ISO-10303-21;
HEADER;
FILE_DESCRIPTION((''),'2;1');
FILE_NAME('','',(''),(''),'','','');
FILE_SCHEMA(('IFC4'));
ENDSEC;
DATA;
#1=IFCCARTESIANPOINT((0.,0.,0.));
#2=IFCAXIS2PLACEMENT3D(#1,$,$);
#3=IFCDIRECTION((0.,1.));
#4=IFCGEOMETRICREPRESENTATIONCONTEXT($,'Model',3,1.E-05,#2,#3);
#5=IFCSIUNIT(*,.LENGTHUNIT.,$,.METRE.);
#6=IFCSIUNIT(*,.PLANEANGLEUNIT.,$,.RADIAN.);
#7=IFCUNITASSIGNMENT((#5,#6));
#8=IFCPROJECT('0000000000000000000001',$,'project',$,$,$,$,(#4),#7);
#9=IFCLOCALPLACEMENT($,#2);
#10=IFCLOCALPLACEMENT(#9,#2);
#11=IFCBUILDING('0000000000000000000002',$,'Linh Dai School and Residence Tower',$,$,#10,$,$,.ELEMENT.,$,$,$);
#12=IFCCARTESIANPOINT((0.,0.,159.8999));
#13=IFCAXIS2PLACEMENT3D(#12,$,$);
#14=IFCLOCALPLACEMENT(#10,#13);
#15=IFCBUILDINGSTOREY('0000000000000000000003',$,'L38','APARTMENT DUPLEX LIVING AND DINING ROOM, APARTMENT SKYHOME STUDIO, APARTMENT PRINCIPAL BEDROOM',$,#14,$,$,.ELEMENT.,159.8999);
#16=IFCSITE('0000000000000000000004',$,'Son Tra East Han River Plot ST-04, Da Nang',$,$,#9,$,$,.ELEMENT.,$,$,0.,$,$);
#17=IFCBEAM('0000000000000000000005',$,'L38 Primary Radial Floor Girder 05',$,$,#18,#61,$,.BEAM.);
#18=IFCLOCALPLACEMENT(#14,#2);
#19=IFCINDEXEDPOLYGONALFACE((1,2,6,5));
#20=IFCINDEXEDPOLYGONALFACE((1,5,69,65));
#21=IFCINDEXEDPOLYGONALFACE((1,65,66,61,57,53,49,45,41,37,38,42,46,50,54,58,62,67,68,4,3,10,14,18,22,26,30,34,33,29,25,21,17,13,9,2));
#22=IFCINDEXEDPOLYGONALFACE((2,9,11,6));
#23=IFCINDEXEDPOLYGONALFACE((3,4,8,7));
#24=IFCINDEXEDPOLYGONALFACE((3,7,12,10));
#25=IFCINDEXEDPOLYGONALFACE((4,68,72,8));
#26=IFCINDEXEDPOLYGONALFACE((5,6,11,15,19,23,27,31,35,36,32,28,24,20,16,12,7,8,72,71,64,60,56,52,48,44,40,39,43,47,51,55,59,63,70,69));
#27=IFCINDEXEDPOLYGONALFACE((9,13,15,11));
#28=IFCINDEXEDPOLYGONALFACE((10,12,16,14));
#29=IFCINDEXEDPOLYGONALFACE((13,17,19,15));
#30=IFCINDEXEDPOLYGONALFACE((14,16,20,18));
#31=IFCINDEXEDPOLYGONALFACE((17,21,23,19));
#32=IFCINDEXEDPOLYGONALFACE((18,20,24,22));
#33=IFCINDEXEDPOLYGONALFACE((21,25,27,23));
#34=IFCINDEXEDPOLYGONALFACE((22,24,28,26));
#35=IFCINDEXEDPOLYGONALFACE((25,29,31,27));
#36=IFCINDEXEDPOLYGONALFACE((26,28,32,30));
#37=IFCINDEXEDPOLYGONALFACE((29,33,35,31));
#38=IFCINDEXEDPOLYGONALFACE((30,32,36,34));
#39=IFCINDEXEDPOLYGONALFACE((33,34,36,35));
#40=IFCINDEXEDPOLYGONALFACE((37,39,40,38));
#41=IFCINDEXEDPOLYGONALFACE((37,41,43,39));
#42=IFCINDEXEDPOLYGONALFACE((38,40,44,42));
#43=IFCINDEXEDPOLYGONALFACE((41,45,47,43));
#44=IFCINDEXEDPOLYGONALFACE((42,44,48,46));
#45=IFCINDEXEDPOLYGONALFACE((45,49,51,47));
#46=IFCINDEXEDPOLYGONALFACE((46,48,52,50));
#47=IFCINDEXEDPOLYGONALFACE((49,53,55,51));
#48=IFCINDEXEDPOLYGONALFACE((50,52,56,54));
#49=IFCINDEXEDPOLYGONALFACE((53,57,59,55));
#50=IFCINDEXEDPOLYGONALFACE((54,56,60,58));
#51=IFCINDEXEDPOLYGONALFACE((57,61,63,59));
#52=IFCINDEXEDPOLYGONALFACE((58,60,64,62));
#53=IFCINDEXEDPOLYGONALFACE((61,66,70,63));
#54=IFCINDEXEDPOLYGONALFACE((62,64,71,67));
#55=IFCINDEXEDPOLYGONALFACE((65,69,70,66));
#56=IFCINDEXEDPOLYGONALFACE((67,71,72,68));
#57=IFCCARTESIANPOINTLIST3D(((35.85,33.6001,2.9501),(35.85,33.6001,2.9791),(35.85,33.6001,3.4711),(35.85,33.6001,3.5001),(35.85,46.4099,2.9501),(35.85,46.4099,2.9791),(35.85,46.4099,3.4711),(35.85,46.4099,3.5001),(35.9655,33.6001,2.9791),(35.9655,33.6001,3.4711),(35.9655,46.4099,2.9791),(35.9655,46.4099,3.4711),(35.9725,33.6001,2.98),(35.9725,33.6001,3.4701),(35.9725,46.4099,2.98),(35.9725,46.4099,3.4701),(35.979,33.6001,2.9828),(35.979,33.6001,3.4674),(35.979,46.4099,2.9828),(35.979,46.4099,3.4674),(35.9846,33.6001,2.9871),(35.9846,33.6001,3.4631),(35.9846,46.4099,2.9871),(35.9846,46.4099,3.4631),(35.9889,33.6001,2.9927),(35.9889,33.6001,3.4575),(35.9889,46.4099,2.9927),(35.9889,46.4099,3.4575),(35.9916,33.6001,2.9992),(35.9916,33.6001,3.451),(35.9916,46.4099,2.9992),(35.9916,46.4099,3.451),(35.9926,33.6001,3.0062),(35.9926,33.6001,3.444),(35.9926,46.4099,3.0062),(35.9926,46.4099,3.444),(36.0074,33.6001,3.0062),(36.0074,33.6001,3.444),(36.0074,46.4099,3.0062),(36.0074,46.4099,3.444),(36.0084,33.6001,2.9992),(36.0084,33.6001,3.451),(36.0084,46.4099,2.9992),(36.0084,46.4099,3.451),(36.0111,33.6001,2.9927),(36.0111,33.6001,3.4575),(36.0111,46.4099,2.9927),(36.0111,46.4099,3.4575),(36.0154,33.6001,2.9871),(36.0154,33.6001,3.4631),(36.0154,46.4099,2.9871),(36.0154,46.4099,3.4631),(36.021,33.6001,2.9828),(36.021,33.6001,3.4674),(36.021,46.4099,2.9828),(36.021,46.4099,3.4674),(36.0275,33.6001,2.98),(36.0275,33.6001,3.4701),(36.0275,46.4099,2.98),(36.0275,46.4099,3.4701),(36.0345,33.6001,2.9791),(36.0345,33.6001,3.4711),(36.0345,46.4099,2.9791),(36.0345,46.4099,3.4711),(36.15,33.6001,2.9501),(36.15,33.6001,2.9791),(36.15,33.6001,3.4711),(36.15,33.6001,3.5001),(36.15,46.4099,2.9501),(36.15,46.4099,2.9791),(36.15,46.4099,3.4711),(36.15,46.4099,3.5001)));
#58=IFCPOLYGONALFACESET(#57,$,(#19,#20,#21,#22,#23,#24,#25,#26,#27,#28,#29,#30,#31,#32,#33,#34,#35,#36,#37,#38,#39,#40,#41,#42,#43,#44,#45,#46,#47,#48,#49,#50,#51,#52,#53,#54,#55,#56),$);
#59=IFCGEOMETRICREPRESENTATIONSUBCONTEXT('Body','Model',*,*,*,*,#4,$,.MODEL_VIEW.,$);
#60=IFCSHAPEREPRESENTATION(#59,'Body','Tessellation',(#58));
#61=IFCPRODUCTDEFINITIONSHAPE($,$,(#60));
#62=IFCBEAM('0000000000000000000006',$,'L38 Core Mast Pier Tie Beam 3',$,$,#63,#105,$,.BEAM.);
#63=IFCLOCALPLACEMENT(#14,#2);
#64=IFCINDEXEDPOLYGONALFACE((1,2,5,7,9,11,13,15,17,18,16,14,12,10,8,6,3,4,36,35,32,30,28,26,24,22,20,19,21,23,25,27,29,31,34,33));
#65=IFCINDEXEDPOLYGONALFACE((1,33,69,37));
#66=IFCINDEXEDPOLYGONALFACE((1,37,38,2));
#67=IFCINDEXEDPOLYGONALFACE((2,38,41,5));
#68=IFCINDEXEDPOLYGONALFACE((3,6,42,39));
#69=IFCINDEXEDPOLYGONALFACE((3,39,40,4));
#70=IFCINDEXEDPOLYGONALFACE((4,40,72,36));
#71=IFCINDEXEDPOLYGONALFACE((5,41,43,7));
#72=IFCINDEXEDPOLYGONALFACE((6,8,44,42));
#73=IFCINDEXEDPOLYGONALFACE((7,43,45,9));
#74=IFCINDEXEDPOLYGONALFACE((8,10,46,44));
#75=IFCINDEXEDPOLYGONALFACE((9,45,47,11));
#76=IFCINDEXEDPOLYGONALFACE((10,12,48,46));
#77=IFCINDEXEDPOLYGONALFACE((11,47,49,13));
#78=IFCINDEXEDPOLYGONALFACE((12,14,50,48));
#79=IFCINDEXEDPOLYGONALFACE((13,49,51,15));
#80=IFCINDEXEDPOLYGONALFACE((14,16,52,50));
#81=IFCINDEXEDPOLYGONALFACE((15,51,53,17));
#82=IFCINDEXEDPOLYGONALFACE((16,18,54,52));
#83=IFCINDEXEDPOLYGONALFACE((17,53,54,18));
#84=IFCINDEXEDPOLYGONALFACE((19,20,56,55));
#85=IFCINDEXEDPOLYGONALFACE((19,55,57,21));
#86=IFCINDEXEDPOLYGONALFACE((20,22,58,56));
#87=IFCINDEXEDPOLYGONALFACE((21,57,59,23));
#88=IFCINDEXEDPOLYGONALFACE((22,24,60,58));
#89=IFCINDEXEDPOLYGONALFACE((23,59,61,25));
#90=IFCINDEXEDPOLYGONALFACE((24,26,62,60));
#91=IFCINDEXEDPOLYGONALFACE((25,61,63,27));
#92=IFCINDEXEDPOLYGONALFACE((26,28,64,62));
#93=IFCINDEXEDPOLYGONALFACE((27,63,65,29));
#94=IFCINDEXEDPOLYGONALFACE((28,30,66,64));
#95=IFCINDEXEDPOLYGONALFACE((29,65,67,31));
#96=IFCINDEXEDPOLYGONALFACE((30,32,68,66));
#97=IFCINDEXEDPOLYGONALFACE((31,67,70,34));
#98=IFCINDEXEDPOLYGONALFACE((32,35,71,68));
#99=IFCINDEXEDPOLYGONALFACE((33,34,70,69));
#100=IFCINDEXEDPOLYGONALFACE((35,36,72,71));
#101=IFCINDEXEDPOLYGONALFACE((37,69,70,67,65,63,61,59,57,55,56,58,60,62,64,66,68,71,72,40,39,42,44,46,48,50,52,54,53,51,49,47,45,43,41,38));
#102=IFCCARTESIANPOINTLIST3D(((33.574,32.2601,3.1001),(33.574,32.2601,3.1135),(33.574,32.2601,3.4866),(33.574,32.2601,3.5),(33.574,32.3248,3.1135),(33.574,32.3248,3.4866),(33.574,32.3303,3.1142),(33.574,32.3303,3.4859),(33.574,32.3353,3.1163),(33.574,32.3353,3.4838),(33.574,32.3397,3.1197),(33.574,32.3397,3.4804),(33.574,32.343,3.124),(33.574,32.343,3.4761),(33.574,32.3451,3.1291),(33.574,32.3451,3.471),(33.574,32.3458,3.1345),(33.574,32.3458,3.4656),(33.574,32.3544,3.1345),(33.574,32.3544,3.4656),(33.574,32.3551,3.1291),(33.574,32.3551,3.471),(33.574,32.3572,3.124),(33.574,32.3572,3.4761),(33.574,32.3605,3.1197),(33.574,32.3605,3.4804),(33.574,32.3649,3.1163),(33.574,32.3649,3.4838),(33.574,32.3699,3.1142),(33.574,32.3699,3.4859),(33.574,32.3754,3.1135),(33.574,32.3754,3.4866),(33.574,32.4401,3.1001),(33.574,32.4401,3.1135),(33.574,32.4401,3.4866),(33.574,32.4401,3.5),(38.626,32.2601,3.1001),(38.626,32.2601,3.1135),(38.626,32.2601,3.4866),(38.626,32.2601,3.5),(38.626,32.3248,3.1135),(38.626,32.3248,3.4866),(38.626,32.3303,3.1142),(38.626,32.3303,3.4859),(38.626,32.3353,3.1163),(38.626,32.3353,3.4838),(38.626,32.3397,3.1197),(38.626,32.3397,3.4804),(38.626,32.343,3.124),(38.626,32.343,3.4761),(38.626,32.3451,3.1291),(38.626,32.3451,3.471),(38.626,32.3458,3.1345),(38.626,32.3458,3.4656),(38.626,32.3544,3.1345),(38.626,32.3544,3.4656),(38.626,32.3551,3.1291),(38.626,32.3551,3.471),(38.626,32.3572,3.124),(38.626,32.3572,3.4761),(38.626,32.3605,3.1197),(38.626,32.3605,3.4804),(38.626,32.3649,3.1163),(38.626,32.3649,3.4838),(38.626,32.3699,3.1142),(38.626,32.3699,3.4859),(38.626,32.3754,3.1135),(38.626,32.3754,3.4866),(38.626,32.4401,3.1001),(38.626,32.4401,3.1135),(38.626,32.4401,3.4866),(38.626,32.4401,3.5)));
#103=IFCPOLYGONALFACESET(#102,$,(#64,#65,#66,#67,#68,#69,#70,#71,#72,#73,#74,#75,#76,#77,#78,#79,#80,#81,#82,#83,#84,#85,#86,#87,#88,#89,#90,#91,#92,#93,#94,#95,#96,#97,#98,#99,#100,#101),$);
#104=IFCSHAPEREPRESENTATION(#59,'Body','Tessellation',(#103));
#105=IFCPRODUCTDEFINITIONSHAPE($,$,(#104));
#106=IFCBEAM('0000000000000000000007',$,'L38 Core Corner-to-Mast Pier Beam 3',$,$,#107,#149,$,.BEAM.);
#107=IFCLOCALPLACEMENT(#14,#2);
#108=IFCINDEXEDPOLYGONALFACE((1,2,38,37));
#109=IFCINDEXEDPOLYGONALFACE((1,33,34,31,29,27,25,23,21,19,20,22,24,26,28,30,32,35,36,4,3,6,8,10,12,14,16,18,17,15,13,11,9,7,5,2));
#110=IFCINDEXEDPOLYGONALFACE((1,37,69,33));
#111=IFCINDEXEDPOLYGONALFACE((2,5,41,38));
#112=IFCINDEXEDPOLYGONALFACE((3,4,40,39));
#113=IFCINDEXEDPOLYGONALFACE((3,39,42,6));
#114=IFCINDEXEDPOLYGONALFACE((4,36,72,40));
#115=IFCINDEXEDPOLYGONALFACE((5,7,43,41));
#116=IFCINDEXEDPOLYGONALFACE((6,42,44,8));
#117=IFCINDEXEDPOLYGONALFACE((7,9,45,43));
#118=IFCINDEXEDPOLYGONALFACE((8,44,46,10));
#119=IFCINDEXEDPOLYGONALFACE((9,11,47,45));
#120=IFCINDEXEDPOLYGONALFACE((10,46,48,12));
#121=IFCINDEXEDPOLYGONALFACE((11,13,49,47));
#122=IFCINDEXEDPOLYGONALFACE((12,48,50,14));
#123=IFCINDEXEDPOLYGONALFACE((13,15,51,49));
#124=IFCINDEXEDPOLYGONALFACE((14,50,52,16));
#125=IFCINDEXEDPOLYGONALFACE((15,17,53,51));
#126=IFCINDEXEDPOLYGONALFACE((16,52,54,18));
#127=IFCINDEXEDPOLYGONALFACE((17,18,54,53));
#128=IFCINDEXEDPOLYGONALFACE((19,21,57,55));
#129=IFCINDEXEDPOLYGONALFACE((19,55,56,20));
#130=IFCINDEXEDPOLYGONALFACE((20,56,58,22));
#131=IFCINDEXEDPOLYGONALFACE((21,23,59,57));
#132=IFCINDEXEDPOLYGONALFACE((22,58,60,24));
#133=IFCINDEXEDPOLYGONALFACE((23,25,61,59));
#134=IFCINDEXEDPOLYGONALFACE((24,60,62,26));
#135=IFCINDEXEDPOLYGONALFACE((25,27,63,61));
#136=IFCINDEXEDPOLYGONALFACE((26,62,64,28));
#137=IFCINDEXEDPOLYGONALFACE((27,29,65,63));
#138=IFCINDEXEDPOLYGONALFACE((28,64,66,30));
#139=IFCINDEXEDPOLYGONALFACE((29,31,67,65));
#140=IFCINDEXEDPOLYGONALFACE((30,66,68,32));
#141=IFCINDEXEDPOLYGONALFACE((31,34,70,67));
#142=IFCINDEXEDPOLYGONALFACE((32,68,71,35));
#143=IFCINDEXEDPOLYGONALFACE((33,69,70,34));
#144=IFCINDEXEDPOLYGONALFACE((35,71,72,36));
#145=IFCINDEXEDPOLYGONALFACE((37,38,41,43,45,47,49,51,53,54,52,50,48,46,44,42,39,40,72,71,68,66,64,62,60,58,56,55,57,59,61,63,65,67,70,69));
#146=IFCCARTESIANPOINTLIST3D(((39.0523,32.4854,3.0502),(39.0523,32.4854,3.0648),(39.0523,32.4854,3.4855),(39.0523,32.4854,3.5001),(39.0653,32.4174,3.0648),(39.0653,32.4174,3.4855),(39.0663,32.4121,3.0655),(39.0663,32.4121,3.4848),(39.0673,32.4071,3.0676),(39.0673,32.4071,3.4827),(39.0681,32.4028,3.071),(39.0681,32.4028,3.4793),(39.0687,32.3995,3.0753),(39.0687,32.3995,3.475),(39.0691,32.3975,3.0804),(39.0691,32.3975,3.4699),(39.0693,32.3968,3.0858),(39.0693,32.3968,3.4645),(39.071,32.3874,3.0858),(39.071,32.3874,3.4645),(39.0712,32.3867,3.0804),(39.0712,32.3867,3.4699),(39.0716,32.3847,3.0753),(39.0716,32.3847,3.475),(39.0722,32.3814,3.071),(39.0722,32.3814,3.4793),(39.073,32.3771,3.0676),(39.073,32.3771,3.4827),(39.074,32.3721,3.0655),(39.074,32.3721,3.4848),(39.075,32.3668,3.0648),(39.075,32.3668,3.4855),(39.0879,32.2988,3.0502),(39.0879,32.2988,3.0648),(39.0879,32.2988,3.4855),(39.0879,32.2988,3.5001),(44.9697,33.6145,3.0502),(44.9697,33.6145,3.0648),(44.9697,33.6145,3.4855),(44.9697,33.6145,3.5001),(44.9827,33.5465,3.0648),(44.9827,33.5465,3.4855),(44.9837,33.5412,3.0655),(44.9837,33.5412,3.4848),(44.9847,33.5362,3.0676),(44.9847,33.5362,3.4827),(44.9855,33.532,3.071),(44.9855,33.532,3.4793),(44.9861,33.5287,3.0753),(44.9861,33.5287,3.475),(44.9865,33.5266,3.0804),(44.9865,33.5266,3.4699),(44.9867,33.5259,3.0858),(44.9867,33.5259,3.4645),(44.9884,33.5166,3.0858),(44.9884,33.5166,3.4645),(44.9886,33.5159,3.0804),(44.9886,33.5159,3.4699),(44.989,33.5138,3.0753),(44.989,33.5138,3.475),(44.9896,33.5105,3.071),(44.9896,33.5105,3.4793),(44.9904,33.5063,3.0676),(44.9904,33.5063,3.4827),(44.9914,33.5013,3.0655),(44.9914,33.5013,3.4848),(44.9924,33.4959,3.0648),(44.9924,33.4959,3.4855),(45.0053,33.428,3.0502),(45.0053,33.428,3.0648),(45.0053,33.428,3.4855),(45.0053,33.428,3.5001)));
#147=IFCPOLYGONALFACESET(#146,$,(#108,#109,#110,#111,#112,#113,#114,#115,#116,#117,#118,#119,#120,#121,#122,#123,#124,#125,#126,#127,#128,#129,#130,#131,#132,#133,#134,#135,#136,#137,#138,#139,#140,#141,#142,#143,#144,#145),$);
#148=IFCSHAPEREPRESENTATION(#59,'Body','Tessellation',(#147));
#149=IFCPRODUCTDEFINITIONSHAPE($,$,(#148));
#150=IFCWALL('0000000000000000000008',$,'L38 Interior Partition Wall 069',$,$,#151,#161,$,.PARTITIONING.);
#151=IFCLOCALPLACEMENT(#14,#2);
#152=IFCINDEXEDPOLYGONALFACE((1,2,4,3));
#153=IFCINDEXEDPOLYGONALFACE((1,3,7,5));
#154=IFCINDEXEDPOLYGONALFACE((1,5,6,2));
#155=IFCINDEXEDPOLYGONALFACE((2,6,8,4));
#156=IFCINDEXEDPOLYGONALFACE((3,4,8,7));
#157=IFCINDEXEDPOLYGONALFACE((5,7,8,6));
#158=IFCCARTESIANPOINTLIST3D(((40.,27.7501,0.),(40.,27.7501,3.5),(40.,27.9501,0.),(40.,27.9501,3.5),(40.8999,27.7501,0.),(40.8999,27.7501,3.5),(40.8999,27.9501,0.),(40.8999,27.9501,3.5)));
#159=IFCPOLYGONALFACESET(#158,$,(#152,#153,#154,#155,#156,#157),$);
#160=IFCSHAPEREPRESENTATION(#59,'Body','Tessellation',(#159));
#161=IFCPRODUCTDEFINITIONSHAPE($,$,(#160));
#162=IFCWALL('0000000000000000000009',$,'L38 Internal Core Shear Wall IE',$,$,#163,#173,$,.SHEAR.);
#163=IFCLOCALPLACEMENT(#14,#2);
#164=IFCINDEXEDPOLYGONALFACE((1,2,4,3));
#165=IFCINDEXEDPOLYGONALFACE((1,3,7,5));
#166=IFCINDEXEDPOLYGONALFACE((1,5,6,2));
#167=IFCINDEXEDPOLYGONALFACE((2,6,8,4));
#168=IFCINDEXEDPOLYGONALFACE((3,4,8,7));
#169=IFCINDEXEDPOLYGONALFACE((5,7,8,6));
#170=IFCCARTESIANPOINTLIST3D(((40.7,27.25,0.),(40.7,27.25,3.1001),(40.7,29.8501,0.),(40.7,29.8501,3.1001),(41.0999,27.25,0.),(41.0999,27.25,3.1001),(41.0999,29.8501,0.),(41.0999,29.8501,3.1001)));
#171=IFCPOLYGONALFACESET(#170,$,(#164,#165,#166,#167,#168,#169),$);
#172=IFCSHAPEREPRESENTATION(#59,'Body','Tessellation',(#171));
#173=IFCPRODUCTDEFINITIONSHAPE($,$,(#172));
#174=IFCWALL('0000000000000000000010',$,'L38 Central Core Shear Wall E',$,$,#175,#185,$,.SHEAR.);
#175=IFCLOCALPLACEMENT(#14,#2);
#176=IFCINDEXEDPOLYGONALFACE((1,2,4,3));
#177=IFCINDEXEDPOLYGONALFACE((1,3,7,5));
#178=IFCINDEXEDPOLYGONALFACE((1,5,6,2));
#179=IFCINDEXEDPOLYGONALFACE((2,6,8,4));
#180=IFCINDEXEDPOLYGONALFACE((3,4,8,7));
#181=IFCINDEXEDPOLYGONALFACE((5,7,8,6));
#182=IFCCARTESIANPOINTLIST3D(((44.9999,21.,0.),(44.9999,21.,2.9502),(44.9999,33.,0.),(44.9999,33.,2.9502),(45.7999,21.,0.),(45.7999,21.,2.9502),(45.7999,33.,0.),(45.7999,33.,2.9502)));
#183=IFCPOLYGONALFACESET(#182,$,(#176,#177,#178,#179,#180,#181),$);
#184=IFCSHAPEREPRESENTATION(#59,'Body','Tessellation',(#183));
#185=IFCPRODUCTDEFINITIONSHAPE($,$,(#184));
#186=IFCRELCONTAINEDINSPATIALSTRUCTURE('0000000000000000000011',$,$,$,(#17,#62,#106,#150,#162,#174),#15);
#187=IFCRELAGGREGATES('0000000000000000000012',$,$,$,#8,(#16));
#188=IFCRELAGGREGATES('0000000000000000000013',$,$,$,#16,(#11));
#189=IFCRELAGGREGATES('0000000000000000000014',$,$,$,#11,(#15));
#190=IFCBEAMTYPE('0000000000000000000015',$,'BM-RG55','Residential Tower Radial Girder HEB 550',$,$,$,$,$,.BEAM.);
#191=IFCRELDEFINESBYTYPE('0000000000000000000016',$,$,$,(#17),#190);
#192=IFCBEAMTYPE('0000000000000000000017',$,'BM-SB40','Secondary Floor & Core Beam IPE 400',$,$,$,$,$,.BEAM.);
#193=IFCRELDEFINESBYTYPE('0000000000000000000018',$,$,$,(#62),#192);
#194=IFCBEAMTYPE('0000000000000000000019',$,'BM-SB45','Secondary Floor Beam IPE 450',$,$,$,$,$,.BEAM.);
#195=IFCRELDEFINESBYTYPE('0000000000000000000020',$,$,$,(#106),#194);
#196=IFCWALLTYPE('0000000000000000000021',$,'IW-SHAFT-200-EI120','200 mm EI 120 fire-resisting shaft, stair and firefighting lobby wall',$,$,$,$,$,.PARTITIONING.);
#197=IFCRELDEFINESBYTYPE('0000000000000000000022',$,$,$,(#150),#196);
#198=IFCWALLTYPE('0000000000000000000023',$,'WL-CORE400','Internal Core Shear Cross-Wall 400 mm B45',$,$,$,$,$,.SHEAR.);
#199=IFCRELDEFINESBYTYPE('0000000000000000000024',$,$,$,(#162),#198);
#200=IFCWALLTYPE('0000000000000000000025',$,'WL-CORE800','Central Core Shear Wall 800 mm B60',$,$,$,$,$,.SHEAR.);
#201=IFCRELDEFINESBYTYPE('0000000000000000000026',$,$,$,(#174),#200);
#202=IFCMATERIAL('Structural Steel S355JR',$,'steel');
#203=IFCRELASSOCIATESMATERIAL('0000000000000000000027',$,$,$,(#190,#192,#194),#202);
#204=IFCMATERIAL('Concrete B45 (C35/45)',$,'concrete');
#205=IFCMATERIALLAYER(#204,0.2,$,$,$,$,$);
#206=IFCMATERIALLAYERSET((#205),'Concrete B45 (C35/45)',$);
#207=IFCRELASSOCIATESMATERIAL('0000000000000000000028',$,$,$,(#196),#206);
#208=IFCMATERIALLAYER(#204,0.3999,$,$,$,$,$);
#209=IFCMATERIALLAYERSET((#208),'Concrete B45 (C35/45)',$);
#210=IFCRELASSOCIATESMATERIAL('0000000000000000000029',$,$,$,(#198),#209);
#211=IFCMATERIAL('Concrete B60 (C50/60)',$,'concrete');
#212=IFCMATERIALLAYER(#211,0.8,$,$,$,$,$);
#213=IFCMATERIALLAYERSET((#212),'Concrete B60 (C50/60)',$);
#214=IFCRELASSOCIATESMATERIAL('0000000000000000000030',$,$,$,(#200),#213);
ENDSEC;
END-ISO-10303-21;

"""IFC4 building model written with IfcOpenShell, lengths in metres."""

from ifc_helpers import new_model, si_unit, direction, frame, frame_2d, origin, origin_2d, place, context, subcontext, project, spatial, rectangle, i_section, extrude, material, layer, layer_set, material_profile, profile_set, type_object, element, save


model = new_model("IFC4")

# Units and contexts
model_context = context("Model", 3, precision=1e-05, world=origin(), true_north=direction((0.0, 1.0)))
body_context = subcontext(model_context, "Body", "Model", "MODEL_VIEW")
ifc_project = project(units=[si_unit("LENGTHUNIT", "METRE"), si_unit("PLANEANGLEUNIT", "RADIAN")], contexts=[model_context])

# Site, building, storey
site_placement = place(None, origin())
site = spatial("IfcSite", under=ifc_project, at=site_placement, Name="Son Tra East Han River Plot ST-04, Da Nang", CompositionType="ELEMENT", RefElevation=0.0)
building_placement = place(site_placement, origin())
building = spatial("IfcBuilding", under=site, at=building_placement, Name="Linh Dai School and Residence Tower", CompositionType="ELEMENT")
storey_placement = place(building_placement, frame((0.0, 0.0, 159.8999)))
storey = spatial("IfcBuildingStorey", under=building, at=storey_placement, Name="L38", Description="APARTMENT DUPLEX LIVING AND DINING ROOM, APARTMENT SKYHOME STUDIO, APARTMENT PRINCIPAL BEDROOM", CompositionType="ELEMENT", Elevation=159.8999)

# Shared definitions
ifc_material_1 = material(Name="Structural Steel S355JR", Category="steel")

# Beams
ifc_material_profile_1 = material_profile(ifc_material_1, i_section(OverallWidth=0.3, OverallDepth=0.55, WebThickness=0.0149, FlangeThickness=0.0291, FilletRadius=0.0271, at=origin_2d()), Name="HEB 550")
ifc_profile_set_1 = profile_set([ifc_material_profile_1], Name="Structural Steel S355JR")
beam_type_1 = type_object("IfcBeamType", Name="BM-RG55", Description="Residential Tower Radial Girder HEB 550", PredefinedType="BEAM", material=ifc_profile_set_1)
beam_1_placement = place(storey_placement, frame((36.0, 33.6001, 3.2251), z_axis=(0.0, 1.0, 0.0), x_axis=(-1.0, 0.0, 0.0)))
element("IfcBeam", 1, at=beam_1_placement, inside=storey, type_object=beam_type_1, Name="L38 Primary Radial Floor Girder 05", PredefinedType="BEAM", context=body_context, shape_type="SweptSolid", body=[
    extrude(i_section(OverallWidth=0.3, OverallDepth=0.55, WebThickness=0.0149, FlangeThickness=0.0291, FilletRadius=0.0271, at=origin_2d()), origin(), (0.0, 0.0, 1.0), 12.8098),
])
ifc_material_profile_2 = material_profile(ifc_material_1, i_section(OverallWidth=0.1799, OverallDepth=0.3999, WebThickness=0.0085, FlangeThickness=0.0134, FilletRadius=0.021, at=origin_2d()), Name="IPE 400")
ifc_profile_set_2 = profile_set([ifc_material_profile_2], Name="Structural Steel S355JR")
beam_type_2 = type_object("IfcBeamType", Name="BM-SB40", Description="Secondary Floor & Core Beam IPE 400", PredefinedType="BEAM", material=ifc_profile_set_2)
beam_2_placement = place(storey_placement, frame((38.626, 32.3501, 3.3), z_axis=(-1.0, 0.0, 0.0), x_axis=(0.0, -1.0, 0.0)))
element("IfcBeam", 2, at=beam_2_placement, inside=storey, type_object=beam_type_2, Name="L38 Core Mast Pier Tie Beam 3", PredefinedType="BEAM", context=body_context, shape_type="SweptSolid", body=[
    extrude(i_section(OverallWidth=0.1799, OverallDepth=0.3999, WebThickness=0.0085, FlangeThickness=0.0134, FilletRadius=0.021, at=origin_2d()), origin(), (0.0, 0.0, 1.0), 5.052),
])
ifc_material_profile_3 = material_profile(ifc_material_1, i_section(OverallWidth=0.1899, OverallDepth=0.45, WebThickness=0.0095, FlangeThickness=0.0146, FilletRadius=0.021, at=origin_2d()), Name="IPE 450")
ifc_profile_set_3 = profile_set([ifc_material_profile_3], Name="Structural Steel S355JR")
beam_type_3 = type_object("IfcBeamType", Name="BM-SB45", Description="Secondary Floor Beam IPE 450", PredefinedType="BEAM", material=ifc_profile_set_3)
beam_3_placement = place(storey_placement, frame((44.9875, 33.5212, 3.2751), z_axis=(-0.982277, -0.187434, 0.0), x_axis=(0.187434, -0.982277, 0.0)))
element("IfcBeam", 3, at=beam_3_placement, inside=storey, type_object=beam_type_3, Name="L38 Core Corner-to-Mast Pier Beam 3", PredefinedType="BEAM", context=body_context, shape_type="SweptSolid", body=[
    extrude(i_section(OverallWidth=0.1899, OverallDepth=0.45, WebThickness=0.0095, FlangeThickness=0.0146, FilletRadius=0.021, at=origin_2d()), origin(), (0.0, 0.0, 1.0), 6.0242),
])

# Shared definitions
ifc_material_2 = material(Name="Concrete B45 (C35/45)", Category="concrete")
ifc_layer_1 = layer(ifc_material_2, 0.2)
ifc_layer_set_1 = layer_set([ifc_layer_1], Name="Concrete B45 (C35/45)")
wall_type_1 = type_object("IfcWallType", Name="IW-SHAFT-200-EI120", Description="200 mm EI 120 fire-resisting shaft, stair and firefighting lobby wall", PredefinedType="PARTITIONING", material=ifc_layer_set_1)

# Walls
wall_1_placement = place(storey_placement, frame((40.0, 27.8501, 0.0), z_axis=(0.0, 0.0, 1.0), x_axis=(1.0, 0.0, 0.0)))
element("IfcWall", 4, at=wall_1_placement, inside=storey, type_object=wall_type_1, Name="L38 Interior Partition Wall 069", PredefinedType="PARTITIONING", context=body_context, shape_type="SweptSolid", body=[
    extrude(rectangle(XDim=0.8999, YDim=0.2, at=frame_2d((0.45, 0.0))), origin(), (0.0, 0.0, 1.0), 3.5),
])
ifc_layer_2 = layer(ifc_material_2, 0.3999)
ifc_layer_set_2 = layer_set([ifc_layer_2], Name="Concrete B45 (C35/45)")
wall_type_2 = type_object("IfcWallType", Name="WL-CORE400", Description="Internal Core Shear Cross-Wall 400 mm B45", PredefinedType="SHEAR", material=ifc_layer_set_2)
wall_2_placement = place(storey_placement, frame((40.8999, 27.25, 0.0), z_axis=(0.0, 0.0, 1.0), x_axis=(0.0, 1.0, 0.0)))
element("IfcWall", 5, at=wall_2_placement, inside=storey, type_object=wall_type_2, Name="L38 Internal Core Shear Wall IE", PredefinedType="SHEAR", context=body_context, shape_type="SweptSolid", body=[
    extrude(rectangle(XDim=2.6001, YDim=0.3999, at=frame_2d((1.3, 0.0))), origin(), (0.0, 0.0, 1.0), 3.1001),
])
ifc_material_3 = material(Name="Concrete B60 (C50/60)", Category="concrete")
ifc_layer_3 = layer(ifc_material_3, 0.8)
ifc_layer_set_3 = layer_set([ifc_layer_3], Name="Concrete B60 (C50/60)")
wall_type_3 = type_object("IfcWallType", Name="WL-CORE800", Description="Central Core Shear Wall 800 mm B60", PredefinedType="SHEAR", material=ifc_layer_set_3)
wall_3_placement = place(storey_placement, frame((45.3999, 33.0, 0.0), z_axis=(0.0, 0.0, 1.0), x_axis=(0.0, -1.0, 0.0)))
element("IfcWall", 6, at=wall_3_placement, inside=storey, type_object=wall_type_3, Name="L38 Central Core Shear Wall E", PredefinedType="SHEAR", context=body_context, shape_type="SweptSolid", body=[
    extrude(rectangle(XDim=12.0, YDim=0.8, at=frame_2d((6.0, 0.0))), origin(), (0.0, 0.0, 1.0), 2.9502),
])

save(model, "model.ifc")
